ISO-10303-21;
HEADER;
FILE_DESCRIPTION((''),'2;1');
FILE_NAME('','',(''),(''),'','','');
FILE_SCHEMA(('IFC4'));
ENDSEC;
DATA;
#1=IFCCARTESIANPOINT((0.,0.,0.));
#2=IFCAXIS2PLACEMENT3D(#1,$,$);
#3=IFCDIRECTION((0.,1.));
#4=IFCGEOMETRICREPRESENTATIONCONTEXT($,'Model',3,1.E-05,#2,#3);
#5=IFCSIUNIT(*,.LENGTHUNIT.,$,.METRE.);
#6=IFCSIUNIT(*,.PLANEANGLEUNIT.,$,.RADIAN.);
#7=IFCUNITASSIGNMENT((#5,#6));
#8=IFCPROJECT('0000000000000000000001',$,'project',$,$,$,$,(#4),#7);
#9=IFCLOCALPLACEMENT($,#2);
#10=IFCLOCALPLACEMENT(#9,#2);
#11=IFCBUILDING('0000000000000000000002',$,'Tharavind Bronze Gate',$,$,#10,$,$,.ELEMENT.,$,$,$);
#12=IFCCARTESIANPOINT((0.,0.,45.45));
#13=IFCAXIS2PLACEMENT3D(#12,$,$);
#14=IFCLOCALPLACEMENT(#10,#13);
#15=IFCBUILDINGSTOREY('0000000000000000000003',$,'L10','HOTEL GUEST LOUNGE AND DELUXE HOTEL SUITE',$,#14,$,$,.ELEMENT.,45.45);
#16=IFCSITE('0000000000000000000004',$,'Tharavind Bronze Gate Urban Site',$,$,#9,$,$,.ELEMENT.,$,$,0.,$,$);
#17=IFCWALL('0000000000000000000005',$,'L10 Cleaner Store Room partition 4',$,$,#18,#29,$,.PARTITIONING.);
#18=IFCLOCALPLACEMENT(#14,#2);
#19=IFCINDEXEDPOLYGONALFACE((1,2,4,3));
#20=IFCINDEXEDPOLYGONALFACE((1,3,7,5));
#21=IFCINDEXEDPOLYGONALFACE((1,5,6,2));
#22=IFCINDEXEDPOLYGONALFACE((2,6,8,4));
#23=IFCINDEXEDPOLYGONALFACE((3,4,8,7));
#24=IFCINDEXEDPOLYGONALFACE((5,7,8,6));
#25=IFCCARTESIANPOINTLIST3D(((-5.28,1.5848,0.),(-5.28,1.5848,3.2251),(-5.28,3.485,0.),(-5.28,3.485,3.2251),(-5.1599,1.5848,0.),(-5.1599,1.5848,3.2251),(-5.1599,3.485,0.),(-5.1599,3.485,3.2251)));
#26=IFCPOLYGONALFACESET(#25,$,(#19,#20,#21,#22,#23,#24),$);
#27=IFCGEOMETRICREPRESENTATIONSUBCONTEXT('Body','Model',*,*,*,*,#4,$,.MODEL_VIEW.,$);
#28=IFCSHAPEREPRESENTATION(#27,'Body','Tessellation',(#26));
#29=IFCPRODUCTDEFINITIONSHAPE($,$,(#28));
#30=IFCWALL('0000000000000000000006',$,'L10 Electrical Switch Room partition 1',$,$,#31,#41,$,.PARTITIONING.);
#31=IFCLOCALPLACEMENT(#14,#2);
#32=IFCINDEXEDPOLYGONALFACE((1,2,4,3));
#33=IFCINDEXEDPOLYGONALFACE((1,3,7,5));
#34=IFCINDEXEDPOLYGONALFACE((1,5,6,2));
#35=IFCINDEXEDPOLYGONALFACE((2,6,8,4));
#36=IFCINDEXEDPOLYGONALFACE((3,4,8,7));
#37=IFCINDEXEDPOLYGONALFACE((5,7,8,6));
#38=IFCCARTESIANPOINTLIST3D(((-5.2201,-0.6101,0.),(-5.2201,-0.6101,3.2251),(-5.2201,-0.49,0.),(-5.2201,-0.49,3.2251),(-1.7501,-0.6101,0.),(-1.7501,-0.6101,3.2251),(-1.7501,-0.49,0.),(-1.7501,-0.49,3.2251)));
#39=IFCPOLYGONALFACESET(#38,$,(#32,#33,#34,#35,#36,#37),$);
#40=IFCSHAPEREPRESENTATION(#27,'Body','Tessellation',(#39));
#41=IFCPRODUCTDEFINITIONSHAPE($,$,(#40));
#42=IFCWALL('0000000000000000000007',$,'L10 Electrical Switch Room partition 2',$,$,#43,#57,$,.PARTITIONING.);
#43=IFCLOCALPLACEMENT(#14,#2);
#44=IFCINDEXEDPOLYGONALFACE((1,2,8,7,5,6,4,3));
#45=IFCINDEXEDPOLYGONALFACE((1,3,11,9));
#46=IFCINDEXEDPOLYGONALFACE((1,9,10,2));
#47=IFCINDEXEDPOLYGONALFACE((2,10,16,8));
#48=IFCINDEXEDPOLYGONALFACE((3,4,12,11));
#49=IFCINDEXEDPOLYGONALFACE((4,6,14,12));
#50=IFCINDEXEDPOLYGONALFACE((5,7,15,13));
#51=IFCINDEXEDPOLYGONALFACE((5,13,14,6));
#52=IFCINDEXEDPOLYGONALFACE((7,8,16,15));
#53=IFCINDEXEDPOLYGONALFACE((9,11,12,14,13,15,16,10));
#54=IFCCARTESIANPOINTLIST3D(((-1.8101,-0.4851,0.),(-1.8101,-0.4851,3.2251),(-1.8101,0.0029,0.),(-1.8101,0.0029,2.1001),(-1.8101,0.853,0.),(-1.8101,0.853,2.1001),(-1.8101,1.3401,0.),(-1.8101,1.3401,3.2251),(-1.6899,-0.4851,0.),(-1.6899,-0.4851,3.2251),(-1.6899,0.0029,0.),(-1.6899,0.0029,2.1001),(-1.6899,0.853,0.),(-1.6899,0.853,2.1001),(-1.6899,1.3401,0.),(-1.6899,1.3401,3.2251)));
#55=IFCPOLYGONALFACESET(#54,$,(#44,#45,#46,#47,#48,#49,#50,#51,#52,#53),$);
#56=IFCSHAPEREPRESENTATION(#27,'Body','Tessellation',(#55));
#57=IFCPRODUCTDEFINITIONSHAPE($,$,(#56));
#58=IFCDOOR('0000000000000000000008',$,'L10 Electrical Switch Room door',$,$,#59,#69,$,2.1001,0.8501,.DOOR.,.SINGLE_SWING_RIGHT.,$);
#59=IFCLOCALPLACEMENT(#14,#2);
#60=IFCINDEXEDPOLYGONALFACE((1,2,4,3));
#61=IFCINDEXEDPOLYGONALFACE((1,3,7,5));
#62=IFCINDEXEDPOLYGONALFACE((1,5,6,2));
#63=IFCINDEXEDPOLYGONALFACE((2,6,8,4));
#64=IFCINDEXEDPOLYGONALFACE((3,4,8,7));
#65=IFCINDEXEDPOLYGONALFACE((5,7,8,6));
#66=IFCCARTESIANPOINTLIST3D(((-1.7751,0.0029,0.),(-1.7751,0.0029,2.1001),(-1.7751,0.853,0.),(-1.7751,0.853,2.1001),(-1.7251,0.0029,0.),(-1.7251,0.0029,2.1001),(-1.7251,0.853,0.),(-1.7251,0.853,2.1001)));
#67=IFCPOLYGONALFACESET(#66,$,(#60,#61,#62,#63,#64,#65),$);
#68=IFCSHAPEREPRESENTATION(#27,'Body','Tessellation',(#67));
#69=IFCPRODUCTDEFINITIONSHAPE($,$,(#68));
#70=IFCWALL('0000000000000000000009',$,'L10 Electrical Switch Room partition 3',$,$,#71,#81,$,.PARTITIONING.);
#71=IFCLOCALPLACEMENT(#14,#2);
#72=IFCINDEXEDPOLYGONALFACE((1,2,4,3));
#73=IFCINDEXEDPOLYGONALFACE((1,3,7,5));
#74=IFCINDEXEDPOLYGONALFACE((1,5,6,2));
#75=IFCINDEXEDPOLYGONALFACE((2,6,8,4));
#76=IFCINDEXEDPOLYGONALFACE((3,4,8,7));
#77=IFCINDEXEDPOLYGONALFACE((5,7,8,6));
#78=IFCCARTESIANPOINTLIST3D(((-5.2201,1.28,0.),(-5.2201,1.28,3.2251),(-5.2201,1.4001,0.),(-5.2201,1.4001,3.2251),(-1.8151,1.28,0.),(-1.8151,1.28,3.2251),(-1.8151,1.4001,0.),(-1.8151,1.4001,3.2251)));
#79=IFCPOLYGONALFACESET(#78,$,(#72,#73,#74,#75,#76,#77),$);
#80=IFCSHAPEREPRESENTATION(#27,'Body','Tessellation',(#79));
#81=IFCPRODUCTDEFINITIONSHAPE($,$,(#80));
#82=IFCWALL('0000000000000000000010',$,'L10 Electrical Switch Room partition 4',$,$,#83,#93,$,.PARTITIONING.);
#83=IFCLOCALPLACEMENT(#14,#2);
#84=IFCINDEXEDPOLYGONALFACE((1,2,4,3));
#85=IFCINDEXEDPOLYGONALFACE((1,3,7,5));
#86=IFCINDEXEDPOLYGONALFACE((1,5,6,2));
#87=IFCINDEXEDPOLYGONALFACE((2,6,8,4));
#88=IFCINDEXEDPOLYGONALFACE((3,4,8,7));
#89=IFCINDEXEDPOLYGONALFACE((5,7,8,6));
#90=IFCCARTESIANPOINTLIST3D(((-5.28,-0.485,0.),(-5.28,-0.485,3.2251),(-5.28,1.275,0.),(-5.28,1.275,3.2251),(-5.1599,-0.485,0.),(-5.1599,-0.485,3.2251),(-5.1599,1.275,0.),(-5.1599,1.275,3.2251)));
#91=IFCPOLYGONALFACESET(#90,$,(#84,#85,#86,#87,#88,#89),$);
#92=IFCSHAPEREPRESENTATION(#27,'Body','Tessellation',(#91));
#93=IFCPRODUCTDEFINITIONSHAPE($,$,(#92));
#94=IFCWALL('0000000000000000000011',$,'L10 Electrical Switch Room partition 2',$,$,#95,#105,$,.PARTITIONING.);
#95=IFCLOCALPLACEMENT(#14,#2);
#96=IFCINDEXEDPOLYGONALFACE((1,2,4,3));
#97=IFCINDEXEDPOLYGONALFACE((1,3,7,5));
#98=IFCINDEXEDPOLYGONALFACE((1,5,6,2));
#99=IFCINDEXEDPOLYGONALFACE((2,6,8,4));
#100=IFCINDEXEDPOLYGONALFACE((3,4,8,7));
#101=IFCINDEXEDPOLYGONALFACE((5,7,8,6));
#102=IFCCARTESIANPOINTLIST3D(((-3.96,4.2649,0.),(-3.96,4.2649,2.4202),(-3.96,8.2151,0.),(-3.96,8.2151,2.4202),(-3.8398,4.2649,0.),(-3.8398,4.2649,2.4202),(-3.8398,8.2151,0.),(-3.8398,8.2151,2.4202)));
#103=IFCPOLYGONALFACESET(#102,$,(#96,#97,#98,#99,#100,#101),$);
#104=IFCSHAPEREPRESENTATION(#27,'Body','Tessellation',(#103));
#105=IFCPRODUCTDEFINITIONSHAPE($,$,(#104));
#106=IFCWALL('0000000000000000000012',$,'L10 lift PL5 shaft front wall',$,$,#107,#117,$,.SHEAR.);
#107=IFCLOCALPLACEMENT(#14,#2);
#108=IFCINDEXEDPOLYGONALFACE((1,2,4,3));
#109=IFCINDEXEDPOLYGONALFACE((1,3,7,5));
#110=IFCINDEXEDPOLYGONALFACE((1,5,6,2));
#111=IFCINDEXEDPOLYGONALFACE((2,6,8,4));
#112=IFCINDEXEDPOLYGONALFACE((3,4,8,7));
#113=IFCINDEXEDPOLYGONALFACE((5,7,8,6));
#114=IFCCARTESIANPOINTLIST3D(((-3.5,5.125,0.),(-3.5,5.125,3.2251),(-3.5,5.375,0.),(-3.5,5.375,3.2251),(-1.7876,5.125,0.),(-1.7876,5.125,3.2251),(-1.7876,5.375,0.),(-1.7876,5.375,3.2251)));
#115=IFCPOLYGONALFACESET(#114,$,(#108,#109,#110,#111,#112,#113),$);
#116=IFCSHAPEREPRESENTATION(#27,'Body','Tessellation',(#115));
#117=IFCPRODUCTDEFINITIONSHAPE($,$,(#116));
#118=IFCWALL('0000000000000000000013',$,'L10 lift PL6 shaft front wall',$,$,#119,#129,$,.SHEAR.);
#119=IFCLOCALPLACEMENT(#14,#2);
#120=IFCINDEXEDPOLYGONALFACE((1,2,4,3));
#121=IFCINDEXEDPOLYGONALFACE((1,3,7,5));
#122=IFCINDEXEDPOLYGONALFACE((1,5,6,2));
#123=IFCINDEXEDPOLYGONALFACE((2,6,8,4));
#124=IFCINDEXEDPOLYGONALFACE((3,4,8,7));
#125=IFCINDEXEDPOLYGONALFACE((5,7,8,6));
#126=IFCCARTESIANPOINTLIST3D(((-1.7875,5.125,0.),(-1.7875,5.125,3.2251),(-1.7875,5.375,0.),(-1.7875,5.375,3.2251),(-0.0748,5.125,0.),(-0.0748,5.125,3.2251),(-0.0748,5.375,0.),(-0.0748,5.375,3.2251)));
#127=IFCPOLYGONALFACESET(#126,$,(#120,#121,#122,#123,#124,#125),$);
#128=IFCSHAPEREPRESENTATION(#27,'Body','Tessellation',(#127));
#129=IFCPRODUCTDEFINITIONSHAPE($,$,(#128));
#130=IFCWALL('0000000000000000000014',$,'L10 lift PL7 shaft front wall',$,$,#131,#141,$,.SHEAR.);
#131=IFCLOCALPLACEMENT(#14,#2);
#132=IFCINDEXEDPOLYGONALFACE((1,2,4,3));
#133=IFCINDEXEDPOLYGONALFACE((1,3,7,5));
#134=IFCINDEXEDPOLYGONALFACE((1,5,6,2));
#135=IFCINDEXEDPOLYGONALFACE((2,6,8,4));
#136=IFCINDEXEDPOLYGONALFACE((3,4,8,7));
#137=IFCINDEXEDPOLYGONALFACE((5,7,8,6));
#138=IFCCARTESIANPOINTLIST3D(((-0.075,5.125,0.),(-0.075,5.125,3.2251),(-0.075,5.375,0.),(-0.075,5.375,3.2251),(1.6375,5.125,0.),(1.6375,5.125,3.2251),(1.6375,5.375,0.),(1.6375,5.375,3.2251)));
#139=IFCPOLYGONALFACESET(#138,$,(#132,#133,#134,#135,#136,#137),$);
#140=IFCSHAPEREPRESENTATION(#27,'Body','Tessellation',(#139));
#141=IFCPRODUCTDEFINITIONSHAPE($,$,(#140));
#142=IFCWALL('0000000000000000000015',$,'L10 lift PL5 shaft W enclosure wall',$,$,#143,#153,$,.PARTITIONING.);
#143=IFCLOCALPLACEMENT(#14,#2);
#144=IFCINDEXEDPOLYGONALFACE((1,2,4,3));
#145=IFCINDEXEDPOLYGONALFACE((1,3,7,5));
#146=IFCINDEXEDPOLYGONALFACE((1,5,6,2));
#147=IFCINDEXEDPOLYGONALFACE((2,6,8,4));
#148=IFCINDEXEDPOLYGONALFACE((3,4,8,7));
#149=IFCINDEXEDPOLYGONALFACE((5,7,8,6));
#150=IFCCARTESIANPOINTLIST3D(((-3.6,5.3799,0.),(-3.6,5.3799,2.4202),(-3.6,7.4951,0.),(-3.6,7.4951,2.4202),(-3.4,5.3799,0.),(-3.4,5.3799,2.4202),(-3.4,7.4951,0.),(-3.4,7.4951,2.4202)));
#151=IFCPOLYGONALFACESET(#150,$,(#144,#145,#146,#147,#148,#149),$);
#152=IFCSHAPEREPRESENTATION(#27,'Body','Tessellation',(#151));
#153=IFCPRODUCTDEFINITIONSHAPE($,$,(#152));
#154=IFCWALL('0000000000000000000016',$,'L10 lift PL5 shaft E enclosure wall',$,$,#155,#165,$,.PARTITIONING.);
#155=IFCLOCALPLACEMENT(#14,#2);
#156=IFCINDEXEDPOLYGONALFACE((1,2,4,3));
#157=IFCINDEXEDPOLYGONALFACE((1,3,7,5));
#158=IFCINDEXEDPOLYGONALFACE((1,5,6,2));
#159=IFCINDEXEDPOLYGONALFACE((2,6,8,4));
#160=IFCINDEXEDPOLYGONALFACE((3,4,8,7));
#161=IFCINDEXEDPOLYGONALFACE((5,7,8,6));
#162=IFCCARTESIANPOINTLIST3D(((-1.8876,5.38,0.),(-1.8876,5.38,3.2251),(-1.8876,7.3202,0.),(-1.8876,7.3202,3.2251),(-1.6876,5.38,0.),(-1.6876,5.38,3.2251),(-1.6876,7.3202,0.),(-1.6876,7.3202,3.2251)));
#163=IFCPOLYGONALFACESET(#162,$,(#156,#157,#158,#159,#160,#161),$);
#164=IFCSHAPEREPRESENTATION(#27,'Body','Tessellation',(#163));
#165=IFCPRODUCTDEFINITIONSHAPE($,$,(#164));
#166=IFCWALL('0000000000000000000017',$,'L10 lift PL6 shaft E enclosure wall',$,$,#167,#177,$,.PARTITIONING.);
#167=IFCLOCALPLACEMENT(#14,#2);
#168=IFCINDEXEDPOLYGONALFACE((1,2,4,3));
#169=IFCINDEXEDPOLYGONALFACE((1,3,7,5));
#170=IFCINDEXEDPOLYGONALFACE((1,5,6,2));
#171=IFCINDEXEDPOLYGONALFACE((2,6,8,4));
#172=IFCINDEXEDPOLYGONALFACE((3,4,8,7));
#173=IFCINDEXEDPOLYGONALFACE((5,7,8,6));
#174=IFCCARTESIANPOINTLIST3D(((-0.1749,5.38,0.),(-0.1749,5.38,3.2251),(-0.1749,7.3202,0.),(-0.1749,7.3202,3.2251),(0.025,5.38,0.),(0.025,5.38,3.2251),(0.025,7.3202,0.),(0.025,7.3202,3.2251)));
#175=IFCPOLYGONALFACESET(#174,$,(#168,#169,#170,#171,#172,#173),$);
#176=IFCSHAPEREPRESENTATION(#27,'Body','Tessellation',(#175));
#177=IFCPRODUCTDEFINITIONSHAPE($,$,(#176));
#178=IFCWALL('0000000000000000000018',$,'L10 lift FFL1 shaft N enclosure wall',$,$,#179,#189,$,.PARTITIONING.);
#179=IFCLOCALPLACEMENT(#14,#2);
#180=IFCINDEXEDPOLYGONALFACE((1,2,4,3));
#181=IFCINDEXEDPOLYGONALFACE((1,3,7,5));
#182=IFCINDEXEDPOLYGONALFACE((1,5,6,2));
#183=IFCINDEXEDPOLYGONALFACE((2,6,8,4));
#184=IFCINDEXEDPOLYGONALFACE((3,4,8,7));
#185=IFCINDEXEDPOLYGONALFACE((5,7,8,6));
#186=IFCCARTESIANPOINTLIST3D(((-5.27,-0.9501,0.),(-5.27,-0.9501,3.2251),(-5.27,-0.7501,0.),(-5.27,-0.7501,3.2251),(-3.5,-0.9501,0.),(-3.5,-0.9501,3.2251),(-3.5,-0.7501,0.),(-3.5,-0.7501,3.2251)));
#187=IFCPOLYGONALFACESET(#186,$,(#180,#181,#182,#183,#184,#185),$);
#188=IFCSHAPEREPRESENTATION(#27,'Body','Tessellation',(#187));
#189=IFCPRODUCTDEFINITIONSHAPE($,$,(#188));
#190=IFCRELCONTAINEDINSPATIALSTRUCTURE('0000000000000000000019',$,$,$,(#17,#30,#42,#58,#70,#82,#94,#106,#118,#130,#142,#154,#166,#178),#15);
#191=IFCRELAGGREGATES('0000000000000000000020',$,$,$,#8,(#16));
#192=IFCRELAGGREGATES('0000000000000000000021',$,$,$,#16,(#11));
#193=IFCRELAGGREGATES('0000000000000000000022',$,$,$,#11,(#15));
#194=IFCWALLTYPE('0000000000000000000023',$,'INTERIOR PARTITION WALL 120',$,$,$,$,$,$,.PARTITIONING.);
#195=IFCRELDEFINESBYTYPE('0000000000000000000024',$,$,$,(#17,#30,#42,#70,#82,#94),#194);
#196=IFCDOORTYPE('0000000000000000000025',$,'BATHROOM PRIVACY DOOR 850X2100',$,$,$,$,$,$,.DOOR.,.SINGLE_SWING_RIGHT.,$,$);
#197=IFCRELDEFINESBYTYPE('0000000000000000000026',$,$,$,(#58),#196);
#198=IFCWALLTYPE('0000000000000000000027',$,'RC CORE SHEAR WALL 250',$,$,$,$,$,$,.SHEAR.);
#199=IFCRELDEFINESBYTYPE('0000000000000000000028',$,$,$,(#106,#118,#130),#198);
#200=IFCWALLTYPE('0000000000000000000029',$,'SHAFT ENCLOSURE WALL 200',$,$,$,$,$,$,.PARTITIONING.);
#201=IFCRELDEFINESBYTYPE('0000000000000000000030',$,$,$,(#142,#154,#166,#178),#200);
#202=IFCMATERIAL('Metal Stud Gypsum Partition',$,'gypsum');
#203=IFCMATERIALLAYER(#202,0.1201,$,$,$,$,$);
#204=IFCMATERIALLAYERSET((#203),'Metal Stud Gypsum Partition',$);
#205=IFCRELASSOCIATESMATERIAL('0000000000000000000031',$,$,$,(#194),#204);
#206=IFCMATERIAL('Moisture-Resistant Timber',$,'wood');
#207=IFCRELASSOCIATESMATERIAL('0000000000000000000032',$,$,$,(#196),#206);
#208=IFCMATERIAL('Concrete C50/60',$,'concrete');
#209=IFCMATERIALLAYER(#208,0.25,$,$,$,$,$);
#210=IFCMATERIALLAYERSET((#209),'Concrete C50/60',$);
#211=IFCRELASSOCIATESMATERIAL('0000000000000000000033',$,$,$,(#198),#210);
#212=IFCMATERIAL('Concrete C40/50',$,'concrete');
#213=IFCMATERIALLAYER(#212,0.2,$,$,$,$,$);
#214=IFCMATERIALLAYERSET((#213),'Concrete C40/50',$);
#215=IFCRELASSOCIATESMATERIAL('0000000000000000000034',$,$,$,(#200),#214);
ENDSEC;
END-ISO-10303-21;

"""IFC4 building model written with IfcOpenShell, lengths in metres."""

from ifc_helpers import new_model, si_unit, direction, frame, frame_2d, origin, place, context, subcontext, project, spatial, rectangle, extrude, material, layer, layer_set, type_object, element, fill, save


model = new_model("IFC4")

# Units and contexts
model_context = context("Model", 3, precision=1e-05, world=origin(), true_north=direction((0.0, 1.0)))
body_context = subcontext(model_context, "Body", "Model", "MODEL_VIEW")
ifc_project = project(units=[si_unit("LENGTHUNIT", "METRE"), si_unit("PLANEANGLEUNIT", "RADIAN")], contexts=[model_context])

# Site, building, storey
site_placement = place(None, origin())
site = spatial("IfcSite", under=ifc_project, at=site_placement, Name="Tharavind Bronze Gate Urban Site", CompositionType="ELEMENT", RefElevation=0.0)
building_placement = place(site_placement, origin())
building = spatial("IfcBuilding", under=site, at=building_placement, Name="Tharavind Bronze Gate", CompositionType="ELEMENT")
storey_placement = place(building_placement, frame((0.0, 0.0, 45.45)))
storey = spatial("IfcBuildingStorey", under=building, at=storey_placement, Name="L10", Description="HOTEL GUEST LOUNGE AND DELUXE HOTEL SUITE", CompositionType="ELEMENT", Elevation=45.45)

# Shared definitions
ifc_material_1 = material(Name="Concrete C40/50", Category="concrete")

# Shared definitions
ifc_material_2 = material(Name="Metal Stud Gypsum Partition", Category="gypsum")
ifc_layer_1 = layer(ifc_material_2, 0.1201)
ifc_layer_set_1 = layer_set([ifc_layer_1], Name="Metal Stud Gypsum Partition")
wall_type_1 = type_object("IfcWallType", Name="INTERIOR PARTITION WALL 120", PredefinedType="PARTITIONING", material=ifc_layer_set_1)

# Shared definitions
ifc_material_3 = material(Name="Moisture-Resistant Timber", Category="wood")
door_type = type_object("IfcDoorType", Name="BATHROOM PRIVACY DOOR 850X2100", OperationType="SINGLE_SWING_RIGHT", PredefinedType="DOOR", material=ifc_material_3)

# Walls
wall_1_placement = place(storey_placement, frame((-5.22, 3.4851, 0.0), z_axis=(0.0, 0.0, 1.0), x_axis=(0.0, -1.0, 0.0)))
element("IfcWall", 1, at=wall_1_placement, inside=storey, type_object=wall_type_1, Name="L10 Cleaner Store Room partition 4", PredefinedType="PARTITIONING", context=body_context, shape_type="SweptSolid", body=[
    extrude(rectangle(XDim=1.9001, YDim=0.1201, at=frame_2d((0.9502, 0.0))), origin(), (0.0, 0.0, 1.0), 3.2251),
])
wall_2_placement = place(storey_placement, frame((-5.22, -0.55, 0.0), z_axis=(0.0, 0.0, 1.0), x_axis=(1.0, 0.0, 0.0)))
element("IfcWall", 2, at=wall_2_placement, inside=storey, type_object=wall_type_1, Name="L10 Electrical Switch Room partition 1", PredefinedType="PARTITIONING", context=body_context, shape_type="SweptSolid", body=[
    extrude(rectangle(XDim=3.47, YDim=0.1201, at=frame_2d((1.7349, 0.0))), origin(), (0.0, 0.0, 1.0), 3.2251),
])

# Wall, opening, door
wall_3_placement = place(storey_placement, frame((-1.75, -0.4851, 0.0), z_axis=(0.0, 0.0, 1.0), x_axis=(0.0, 1.0, 0.0)))
wall_3 = element("IfcWall", 3, at=wall_3_placement, inside=storey, type_object=wall_type_1, Name="L10 Electrical Switch Room partition 2", PredefinedType="PARTITIONING", context=body_context, shape_type="SweptSolid", body=[
    extrude(rectangle(XDim=1.8252, YDim=0.1201, at=frame_2d((0.9126, 0.0))), origin(), (0.0, 0.0, 1.0), 3.2251),
])
opening_1_placement = place(wall_3_placement, frame((0.488, 0.0, 0.0)))
opening_1 = element("IfcOpeningElement", 4, at=opening_1_placement, cuts=wall_3, PredefinedType="OPENING", context=body_context, shape_type="SweptSolid", body=[
    extrude(rectangle(XDim=0.8501, YDim=2.1001, at=frame_2d((0.425, 1.05))), frame((0.0, 0.0701, 0.0), z_axis=(0.0, -1.0, 0.0), x_axis=(1.0, 0.0, 0.0)), (0.0, 0.0, 1.0), 0.1401),
])
door_1_placement = place(opening_1_placement, frame((0.8501, 0.0, 0.0), z_axis=(0.0, 0.0, 1.0), x_axis=(-1.0, 0.0, 0.0)))
door_1 = element("IfcDoor", 5, at=door_1_placement, inside=storey, type_object=door_type, Name="L10 Electrical Switch Room door", OperationType="SINGLE_SWING_RIGHT", OverallHeight=2.1001, OverallWidth=0.8501, PredefinedType="DOOR", context=body_context, shape_type="SweptSolid", body=[
    extrude(rectangle(XDim=0.8501, YDim=2.1001, at=frame_2d((0.425, 1.05))), frame((0.0, 0.0249, 0.0), z_axis=(0.0, -1.0, 0.0), x_axis=(1.0, 0.0, 0.0)), (0.0, 0.0, 1.0), 0.05),
])
fill(opening_1, door_1)

# Walls
wall_4_placement = place(storey_placement, frame((-1.8149, 1.3401, 0.0), z_axis=(0.0, 0.0, 1.0), x_axis=(-1.0, 0.0, 0.0)))
element("IfcWall", 6, at=wall_4_placement, inside=storey, type_object=wall_type_1, Name="L10 Electrical Switch Room partition 3", PredefinedType="PARTITIONING", context=body_context, shape_type="SweptSolid", body=[
    extrude(rectangle(XDim=3.405, YDim=0.1201, at=frame_2d((1.7026, 0.0))), origin(), (0.0, 0.0, 1.0), 3.2251),
])
wall_5_placement = place(storey_placement, frame((-5.22, 1.2749, 0.0), z_axis=(0.0, 0.0, 1.0), x_axis=(0.0, -1.0, 0.0)))
element("IfcWall", 7, at=wall_5_placement, inside=storey, type_object=wall_type_1, Name="L10 Electrical Switch Room partition 4", PredefinedType="PARTITIONING", context=body_context, shape_type="SweptSolid", body=[
    extrude(rectangle(XDim=1.76, YDim=0.1201, at=frame_2d((0.8799, 0.0))), origin(), (0.0, 0.0, 1.0), 3.2251),
])
wall_6_placement = place(storey_placement, frame((-3.8999, 4.2649, 0.0), z_axis=(0.0, 0.0, 1.0), x_axis=(0.0, 1.0, 0.0)))
element("IfcWall", 8, at=wall_6_placement, inside=storey, type_object=wall_type_1, Name="L10 Electrical Switch Room partition 2", PredefinedType="PARTITIONING", context=body_context, shape_type="SweptSolid", body=[
    extrude(rectangle(XDim=3.9502, YDim=0.1201, at=frame_2d((1.9751, 0.0))), origin(), (0.0, 0.0, 1.0), 2.4202),
])
ifc_material_4 = material(Name="Concrete C50/60", Category="concrete")
ifc_layer_2 = layer(ifc_material_4, 0.25)
ifc_layer_set_2 = layer_set([ifc_layer_2], Name="Concrete C50/60")
wall_type_2 = type_object("IfcWallType", Name="RC CORE SHEAR WALL 250", PredefinedType="SHEAR", material=ifc_layer_set_2)
wall_7_placement = place(storey_placement, frame((-3.5, 5.25, 0.0), z_axis=(0.0, 0.0, 1.0), x_axis=(1.0, 0.0, 0.0)))
element("IfcWall", 9, at=wall_7_placement, inside=storey, type_object=wall_type_2, Name="L10 lift PL5 shaft front wall", PredefinedType="SHEAR", context=body_context, shape_type="SweptSolid", body=[
    extrude(rectangle(XDim=1.7124, YDim=0.25, at=frame_2d((0.8562, 0.0))), origin(), (0.0, 0.0, 1.0), 3.2251),
])
wall_8_placement = place(storey_placement, frame((-1.7876, 5.25, 0.0), z_axis=(0.0, 0.0, 1.0), x_axis=(1.0, 0.0, 0.0)))
element("IfcWall", 10, at=wall_8_placement, inside=storey, type_object=wall_type_2, Name="L10 lift PL6 shaft front wall", PredefinedType="SHEAR", context=body_context, shape_type="SweptSolid", body=[
    extrude(rectangle(XDim=1.7126, YDim=0.25, at=frame_2d((0.8564, 0.0))), origin(), (0.0, 0.0, 1.0), 3.2251),
])
wall_9_placement = place(storey_placement, frame((-0.075, 5.25, 0.0), z_axis=(0.0, 0.0, 1.0), x_axis=(1.0, 0.0, 0.0)))
element("IfcWall", 11, at=wall_9_placement, inside=storey, type_object=wall_type_2, Name="L10 lift PL7 shaft front wall", PredefinedType="SHEAR", context=body_context, shape_type="SweptSolid", body=[
    extrude(rectangle(XDim=1.7124, YDim=0.25, at=frame_2d((0.8562, 0.0))), origin(), (0.0, 0.0, 1.0), 3.2251),
])
ifc_layer_3 = layer(ifc_material_1, 0.2)
ifc_layer_set_3 = layer_set([ifc_layer_3], Name="Concrete C40/50")
wall_type_3 = type_object("IfcWallType", Name="SHAFT ENCLOSURE WALL 200", PredefinedType="PARTITIONING", material=ifc_layer_set_3)
wall_10_placement = place(storey_placement, frame((-3.5, 5.3799, 0.0), z_axis=(0.0, 0.0, 1.0), x_axis=(0.0, 1.0, 0.0)))
element("IfcWall", 12, at=wall_10_placement, inside=storey, type_object=wall_type_3, Name="L10 lift PL5 shaft W enclosure wall", PredefinedType="PARTITIONING", context=body_context, shape_type="SweptSolid", body=[
    extrude(rectangle(XDim=2.1152, YDim=0.2, at=frame_2d((1.0576, 0.0))), origin(), (0.0, 0.0, 1.0), 2.4202),
])
for number, where, z_axis, x_axis, name in (
    (13, (-1.7876, 5.3799, 0.0), (0.0, 0.0, 1.0), (0.0, 1.0, 0.0), "L10 lift PL5 shaft E enclosure wall"),
    (14, (-0.075, 5.3799, 0.0), (0.0, 0.0, 1.0), (0.0, 1.0, 0.0), "L10 lift PL6 shaft E enclosure wall"),
):
    element("IfcWall", number, at=place(storey_placement, frame(where, z_axis=z_axis, x_axis=x_axis)), inside=storey, type_object=wall_type_3, Name=name, PredefinedType="PARTITIONING", context=body_context, shape_type="SweptSolid", body=[
        extrude(rectangle(XDim=1.9402, YDim=0.2, at=frame_2d((0.9702, 0.0))), origin(), (0.0, 0.0, 1.0), 3.2251),
    ])
wall_11_placement = place(storey_placement, frame((-5.27, -0.8501, 0.0), z_axis=(0.0, 0.0, 1.0), x_axis=(1.0, 0.0, 0.0)))
element("IfcWall", 15, at=wall_11_placement, inside=storey, type_object=wall_type_3, Name="L10 lift FFL1 shaft N enclosure wall", PredefinedType="PARTITIONING", context=body_context, shape_type="SweptSolid", body=[
    extrude(rectangle(XDim=1.77, YDim=0.2, at=frame_2d((0.885, 0.0))), origin(), (0.0, 0.0, 1.0), 3.2251),
])

save(model, "model.ifc")
